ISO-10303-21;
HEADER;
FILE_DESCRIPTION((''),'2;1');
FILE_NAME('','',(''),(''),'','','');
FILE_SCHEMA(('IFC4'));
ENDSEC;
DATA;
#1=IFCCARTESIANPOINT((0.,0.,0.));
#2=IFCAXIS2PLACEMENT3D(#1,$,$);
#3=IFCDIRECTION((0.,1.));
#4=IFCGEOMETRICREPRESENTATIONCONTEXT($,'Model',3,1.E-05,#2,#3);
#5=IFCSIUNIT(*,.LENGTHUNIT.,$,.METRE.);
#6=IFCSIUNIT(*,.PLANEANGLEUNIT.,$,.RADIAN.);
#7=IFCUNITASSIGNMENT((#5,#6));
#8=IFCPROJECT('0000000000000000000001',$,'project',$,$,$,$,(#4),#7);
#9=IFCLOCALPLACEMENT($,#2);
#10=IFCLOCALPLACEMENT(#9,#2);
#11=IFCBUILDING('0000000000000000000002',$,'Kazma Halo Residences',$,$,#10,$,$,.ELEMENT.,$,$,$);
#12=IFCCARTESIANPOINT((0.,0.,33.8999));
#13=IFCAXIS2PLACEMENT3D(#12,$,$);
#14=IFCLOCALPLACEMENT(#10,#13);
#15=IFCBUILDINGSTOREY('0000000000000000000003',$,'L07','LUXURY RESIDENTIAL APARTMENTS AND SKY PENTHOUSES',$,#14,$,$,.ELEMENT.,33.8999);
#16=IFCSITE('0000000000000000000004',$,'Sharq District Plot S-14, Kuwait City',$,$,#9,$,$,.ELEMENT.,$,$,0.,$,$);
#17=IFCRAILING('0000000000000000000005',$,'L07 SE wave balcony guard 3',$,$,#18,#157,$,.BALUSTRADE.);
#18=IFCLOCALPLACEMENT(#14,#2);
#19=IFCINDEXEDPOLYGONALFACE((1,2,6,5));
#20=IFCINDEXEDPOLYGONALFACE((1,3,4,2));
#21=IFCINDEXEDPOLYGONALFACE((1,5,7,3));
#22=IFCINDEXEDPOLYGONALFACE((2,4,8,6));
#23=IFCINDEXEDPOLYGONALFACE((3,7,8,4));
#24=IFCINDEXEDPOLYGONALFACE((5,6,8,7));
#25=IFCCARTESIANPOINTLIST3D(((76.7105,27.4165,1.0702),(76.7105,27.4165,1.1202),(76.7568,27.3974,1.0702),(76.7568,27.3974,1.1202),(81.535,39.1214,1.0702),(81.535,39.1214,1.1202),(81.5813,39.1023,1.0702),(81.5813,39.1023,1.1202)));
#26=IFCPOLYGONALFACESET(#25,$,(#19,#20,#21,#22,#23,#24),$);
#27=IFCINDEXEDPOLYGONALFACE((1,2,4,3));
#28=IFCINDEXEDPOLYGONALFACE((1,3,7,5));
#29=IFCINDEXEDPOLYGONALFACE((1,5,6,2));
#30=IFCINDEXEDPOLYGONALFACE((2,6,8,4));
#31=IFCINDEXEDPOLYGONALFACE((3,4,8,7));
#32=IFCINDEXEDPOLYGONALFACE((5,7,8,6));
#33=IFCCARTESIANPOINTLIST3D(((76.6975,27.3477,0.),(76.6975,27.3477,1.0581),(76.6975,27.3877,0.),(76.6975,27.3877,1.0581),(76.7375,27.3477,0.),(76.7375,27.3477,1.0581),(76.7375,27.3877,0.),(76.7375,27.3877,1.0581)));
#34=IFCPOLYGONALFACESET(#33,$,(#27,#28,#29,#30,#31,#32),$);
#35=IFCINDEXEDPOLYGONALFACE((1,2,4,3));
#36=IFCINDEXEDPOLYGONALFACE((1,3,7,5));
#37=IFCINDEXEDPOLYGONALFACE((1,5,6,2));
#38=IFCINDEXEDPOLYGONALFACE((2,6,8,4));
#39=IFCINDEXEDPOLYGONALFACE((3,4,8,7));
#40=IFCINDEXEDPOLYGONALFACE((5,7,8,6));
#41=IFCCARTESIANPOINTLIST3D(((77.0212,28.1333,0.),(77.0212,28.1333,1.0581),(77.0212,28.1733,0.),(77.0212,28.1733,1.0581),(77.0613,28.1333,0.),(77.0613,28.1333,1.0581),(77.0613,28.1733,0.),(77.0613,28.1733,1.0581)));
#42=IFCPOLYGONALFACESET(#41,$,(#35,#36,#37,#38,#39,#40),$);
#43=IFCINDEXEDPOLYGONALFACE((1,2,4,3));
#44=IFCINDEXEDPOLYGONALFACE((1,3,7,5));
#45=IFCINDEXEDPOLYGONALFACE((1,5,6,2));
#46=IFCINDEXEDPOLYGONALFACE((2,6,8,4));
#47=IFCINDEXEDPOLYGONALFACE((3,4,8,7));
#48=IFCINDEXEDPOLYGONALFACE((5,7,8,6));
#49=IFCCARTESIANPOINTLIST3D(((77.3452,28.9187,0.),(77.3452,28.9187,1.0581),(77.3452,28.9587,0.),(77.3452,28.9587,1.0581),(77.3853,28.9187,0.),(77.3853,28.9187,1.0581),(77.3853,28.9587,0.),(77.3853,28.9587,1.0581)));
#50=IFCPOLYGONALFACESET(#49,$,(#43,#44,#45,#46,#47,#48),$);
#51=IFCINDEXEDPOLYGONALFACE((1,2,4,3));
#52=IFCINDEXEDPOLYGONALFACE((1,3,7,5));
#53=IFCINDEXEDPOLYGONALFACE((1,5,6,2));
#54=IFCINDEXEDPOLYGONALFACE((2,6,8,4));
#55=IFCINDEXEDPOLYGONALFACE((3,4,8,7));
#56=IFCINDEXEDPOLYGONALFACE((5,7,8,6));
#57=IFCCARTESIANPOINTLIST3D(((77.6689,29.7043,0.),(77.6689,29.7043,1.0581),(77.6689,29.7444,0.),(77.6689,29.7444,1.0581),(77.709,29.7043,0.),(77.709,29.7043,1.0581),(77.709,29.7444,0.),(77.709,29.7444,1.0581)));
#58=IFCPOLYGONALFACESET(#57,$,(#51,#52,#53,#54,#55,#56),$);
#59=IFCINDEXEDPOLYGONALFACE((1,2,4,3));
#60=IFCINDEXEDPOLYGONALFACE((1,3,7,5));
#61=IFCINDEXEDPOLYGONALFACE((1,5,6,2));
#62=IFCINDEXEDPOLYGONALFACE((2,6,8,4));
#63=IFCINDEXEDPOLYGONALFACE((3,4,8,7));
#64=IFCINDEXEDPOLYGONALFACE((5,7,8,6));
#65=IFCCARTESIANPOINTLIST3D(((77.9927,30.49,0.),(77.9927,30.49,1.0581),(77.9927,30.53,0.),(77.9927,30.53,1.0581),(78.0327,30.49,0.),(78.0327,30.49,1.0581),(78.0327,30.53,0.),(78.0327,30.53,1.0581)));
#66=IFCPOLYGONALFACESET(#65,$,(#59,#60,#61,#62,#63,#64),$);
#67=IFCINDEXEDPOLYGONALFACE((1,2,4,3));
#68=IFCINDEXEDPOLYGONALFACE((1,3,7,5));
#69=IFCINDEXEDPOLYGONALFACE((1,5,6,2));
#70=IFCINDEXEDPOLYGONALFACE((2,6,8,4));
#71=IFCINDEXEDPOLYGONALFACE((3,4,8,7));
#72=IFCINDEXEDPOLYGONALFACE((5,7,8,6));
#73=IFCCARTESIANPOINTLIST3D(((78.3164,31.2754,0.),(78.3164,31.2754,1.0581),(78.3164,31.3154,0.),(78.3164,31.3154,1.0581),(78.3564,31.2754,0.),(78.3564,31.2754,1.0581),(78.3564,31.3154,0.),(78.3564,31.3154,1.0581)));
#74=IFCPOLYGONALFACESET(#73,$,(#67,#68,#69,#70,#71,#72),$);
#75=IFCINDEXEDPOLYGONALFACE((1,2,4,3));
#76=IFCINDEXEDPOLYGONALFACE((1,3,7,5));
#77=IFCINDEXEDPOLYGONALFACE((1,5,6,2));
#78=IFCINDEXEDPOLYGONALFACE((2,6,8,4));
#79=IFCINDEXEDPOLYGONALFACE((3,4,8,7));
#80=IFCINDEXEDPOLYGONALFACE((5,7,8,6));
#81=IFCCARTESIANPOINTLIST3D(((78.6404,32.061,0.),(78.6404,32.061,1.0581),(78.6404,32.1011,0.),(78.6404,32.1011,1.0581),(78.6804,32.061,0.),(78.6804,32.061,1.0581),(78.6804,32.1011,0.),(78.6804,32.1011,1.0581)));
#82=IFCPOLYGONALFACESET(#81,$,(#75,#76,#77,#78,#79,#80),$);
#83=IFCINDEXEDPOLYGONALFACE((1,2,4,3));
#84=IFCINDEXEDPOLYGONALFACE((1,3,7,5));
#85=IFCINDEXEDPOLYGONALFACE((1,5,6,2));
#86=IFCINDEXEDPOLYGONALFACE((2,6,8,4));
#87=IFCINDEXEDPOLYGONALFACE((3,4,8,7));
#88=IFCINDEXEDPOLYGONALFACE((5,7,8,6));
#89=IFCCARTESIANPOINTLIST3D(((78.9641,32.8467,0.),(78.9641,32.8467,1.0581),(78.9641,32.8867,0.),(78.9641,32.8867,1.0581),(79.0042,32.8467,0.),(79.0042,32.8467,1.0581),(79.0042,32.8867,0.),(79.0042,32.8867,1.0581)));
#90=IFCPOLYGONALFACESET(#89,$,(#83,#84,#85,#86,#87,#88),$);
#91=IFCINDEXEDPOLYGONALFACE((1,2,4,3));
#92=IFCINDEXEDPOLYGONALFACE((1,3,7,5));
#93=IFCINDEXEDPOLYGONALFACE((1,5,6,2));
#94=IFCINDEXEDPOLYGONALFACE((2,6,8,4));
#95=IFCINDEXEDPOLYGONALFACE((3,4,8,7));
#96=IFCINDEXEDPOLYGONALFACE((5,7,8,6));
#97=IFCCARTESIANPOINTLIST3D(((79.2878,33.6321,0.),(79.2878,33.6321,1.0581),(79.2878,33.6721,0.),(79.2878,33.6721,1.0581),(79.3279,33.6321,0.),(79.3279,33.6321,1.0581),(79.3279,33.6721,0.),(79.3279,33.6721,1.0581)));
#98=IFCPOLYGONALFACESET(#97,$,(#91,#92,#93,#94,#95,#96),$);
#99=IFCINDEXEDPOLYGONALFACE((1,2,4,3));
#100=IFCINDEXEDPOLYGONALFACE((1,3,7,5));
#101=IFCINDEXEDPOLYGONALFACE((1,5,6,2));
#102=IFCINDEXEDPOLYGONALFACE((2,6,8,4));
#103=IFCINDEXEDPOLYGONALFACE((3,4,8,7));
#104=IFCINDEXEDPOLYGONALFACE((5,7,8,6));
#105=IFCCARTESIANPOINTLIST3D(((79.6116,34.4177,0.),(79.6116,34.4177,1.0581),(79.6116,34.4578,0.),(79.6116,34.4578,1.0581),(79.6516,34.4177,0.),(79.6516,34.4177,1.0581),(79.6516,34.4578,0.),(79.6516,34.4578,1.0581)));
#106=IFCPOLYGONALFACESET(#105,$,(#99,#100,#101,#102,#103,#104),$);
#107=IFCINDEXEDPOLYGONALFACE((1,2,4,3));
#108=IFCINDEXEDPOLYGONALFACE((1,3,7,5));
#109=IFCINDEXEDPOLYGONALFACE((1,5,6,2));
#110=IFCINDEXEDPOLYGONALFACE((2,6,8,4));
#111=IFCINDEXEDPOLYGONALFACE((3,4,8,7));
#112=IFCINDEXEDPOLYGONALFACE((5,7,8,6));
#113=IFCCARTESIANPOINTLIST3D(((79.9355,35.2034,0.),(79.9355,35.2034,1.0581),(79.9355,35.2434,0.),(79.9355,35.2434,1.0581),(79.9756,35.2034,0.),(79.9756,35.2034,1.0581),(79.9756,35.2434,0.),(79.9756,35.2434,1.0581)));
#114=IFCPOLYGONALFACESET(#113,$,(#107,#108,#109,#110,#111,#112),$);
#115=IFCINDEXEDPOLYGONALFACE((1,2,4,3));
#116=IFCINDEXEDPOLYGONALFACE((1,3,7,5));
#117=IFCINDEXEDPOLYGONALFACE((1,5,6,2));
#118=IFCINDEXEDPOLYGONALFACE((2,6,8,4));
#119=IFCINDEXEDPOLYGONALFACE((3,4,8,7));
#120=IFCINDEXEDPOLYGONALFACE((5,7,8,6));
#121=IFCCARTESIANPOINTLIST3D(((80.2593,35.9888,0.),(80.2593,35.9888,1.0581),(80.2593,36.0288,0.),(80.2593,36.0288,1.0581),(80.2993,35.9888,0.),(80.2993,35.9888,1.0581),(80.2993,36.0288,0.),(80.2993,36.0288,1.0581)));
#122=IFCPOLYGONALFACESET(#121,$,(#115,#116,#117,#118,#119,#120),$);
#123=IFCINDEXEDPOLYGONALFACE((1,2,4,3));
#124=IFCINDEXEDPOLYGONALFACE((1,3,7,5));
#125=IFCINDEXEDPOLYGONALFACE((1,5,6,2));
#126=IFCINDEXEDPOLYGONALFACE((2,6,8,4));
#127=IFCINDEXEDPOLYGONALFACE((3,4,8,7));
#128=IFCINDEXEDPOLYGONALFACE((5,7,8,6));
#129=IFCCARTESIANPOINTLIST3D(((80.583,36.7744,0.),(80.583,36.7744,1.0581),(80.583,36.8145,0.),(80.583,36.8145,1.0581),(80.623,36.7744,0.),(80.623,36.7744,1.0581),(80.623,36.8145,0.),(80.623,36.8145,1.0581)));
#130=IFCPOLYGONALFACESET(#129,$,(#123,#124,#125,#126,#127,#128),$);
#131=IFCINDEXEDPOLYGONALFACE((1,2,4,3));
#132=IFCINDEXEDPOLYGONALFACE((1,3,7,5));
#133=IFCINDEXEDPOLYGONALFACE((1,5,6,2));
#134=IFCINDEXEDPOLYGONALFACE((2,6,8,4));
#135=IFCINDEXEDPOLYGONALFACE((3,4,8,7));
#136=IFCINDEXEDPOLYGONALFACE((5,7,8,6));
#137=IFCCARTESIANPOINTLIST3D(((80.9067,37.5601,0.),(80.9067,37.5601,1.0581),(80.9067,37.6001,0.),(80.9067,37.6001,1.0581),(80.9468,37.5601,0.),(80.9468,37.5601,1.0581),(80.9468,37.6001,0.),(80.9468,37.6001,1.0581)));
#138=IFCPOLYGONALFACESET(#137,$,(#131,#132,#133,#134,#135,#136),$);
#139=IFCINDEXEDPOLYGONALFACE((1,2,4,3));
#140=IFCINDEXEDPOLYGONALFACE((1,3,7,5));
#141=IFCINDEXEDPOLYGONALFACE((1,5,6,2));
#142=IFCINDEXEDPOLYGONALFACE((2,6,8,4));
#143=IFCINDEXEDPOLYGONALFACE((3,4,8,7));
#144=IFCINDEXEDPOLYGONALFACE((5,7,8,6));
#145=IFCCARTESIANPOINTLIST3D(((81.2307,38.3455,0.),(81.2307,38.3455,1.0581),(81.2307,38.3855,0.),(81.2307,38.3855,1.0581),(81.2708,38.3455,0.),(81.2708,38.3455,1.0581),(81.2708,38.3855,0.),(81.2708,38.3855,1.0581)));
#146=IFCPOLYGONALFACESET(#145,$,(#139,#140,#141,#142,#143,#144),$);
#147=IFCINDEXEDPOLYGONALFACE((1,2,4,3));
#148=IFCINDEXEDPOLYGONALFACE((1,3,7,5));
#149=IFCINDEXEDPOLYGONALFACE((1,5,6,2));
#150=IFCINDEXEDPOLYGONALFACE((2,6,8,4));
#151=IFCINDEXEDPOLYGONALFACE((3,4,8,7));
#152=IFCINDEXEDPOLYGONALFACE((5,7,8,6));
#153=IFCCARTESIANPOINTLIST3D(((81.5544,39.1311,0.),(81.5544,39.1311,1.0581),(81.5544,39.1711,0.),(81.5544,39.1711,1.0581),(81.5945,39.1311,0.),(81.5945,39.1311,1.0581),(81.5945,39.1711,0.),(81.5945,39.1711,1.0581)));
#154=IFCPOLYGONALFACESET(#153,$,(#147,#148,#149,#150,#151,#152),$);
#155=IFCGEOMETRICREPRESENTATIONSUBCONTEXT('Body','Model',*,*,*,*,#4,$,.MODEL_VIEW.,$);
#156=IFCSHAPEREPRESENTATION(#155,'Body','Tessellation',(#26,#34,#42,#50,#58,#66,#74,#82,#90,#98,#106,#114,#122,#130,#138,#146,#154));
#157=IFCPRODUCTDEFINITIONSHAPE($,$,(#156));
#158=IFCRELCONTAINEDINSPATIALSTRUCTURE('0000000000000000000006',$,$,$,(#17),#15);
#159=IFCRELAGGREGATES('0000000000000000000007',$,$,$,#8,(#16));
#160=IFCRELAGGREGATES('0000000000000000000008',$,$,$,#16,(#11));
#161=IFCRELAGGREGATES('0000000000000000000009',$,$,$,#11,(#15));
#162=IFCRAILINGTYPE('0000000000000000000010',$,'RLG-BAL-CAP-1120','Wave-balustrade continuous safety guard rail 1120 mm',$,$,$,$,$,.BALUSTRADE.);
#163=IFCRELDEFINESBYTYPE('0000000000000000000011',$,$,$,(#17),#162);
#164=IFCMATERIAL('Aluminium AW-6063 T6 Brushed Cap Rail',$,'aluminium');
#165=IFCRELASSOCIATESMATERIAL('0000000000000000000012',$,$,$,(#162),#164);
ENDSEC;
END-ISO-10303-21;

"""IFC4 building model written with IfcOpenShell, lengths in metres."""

from ifc_helpers import new_model, si_unit, direction, frame, origin, origin_2d, place, context, subcontext, project, spatial, rectangle, extrude, material, type_object, element, save


model = new_model("IFC4")

# Units and contexts
model_context = context("Model", 3, precision=1e-05, world=origin(), true_north=direction((0.0, 1.0)))
body_context = subcontext(model_context, "Body", "Model", "MODEL_VIEW")
ifc_project = project(units=[si_unit("LENGTHUNIT", "METRE"), si_unit("PLANEANGLEUNIT", "RADIAN")], contexts=[model_context])

# Site, building, storey
site_placement = place(None, origin())
site = spatial("IfcSite", under=ifc_project, at=site_placement, Name="Sharq District Plot S-14, Kuwait City", CompositionType="ELEMENT", RefElevation=0.0)
building_placement = place(site_placement, origin())
building = spatial("IfcBuilding", under=site, at=building_placement, Name="Kazma Halo Residences", CompositionType="ELEMENT")
storey_placement = place(building_placement, frame((0.0, 0.0, 33.8999)))
storey = spatial("IfcBuildingStorey", under=building, at=storey_placement, Name="L07", Description="LUXURY RESIDENTIAL APARTMENTS AND SKY PENTHOUSES", CompositionType="ELEMENT", Elevation=33.8999)

# Railing
ifc_material_1 = material(Name="Aluminium AW-6063 T6 Brushed Cap Rail", Category="aluminium")
railing_type = type_object("IfcRailingType", Name="RLG-BAL-CAP-1120", Description="Wave-balustrade continuous safety guard rail 1120 mm", PredefinedType="BALUSTRADE", material=ifc_material_1)
railing_1_placement = place(storey_placement, frame((76.7175, 27.3677, 0.0)))
element("IfcRailing", 1, at=railing_1_placement, inside=storey, type_object=railing_type, Name="L07 SE wave balcony guard 3", PredefinedType="BALUSTRADE", context=body_context, shape_type="SweptSolid", body=[
    extrude(rectangle(XDim=0.05, YDim=0.05, at=origin_2d()), frame((0.0161, 0.0393, 1.0952), z_axis=(0.38108, 0.924542, 0.0), x_axis=(-0.924542, 0.38108, 0.0)), (0.0, 0.0, 1.0), 12.6602),
    extrude(rectangle(XDim=0.04, YDim=0.04, at=origin_2d()), origin(), (0.0, 0.0, 1.0), 1.0581),
    extrude(rectangle(XDim=0.04, YDim=0.04, at=origin_2d()), frame((0.3237, 0.7856, 0.0)), (0.0, 0.0, 1.0), 1.0581),
    extrude(rectangle(XDim=0.04, YDim=0.04, at=origin_2d()), frame((0.6477, 1.571, 0.0)), (0.0, 0.0, 1.0), 1.0581),
    extrude(rectangle(XDim=0.04, YDim=0.04, at=origin_2d()), frame((0.9714, 2.3567, 0.0)), (0.0, 0.0, 1.0), 1.0581),
    extrude(rectangle(XDim=0.04, YDim=0.04, at=origin_2d()), frame((1.2952, 3.1423, 0.0)), (0.0, 0.0, 1.0), 1.0581),
    extrude(rectangle(XDim=0.04, YDim=0.04, at=origin_2d()), frame((1.6189, 3.9277, 0.0)), (0.0, 0.0, 1.0), 1.0581),
    extrude(rectangle(XDim=0.04, YDim=0.04, at=origin_2d()), frame((1.9429, 4.7134, 0.0)), (0.0, 0.0, 1.0), 1.0581),
    extrude(rectangle(XDim=0.04, YDim=0.04, at=origin_2d()), frame((2.2666, 5.499, 0.0)), (0.0, 0.0, 1.0), 1.0581),
    extrude(rectangle(XDim=0.04, YDim=0.04, at=origin_2d()), frame((2.5903, 6.2844, 0.0)), (0.0, 0.0, 1.0), 1.0581),
    extrude(rectangle(XDim=0.04, YDim=0.04, at=origin_2d()), frame((2.9141, 7.0701, 0.0)), (0.0, 0.0, 1.0), 1.0581),
    extrude(rectangle(XDim=0.04, YDim=0.04, at=origin_2d()), frame((3.238, 7.8557, 0.0)), (0.0, 0.0, 1.0), 1.0581),
    extrude(rectangle(XDim=0.04, YDim=0.04, at=origin_2d()), frame((3.5618, 8.6411, 0.0)), (0.0, 0.0, 1.0), 1.0581),
    extrude(rectangle(XDim=0.04, YDim=0.04, at=origin_2d()), frame((3.8855, 9.4268, 0.0)), (0.0, 0.0, 1.0), 1.0581),
    extrude(rectangle(XDim=0.04, YDim=0.04, at=origin_2d()), frame((4.2092, 10.2124, 0.0)), (0.0, 0.0, 1.0), 1.0581),
    extrude(rectangle(XDim=0.04, YDim=0.04, at=origin_2d()), frame((4.5332, 10.9978, 0.0)), (0.0, 0.0, 1.0), 1.0581),
    extrude(rectangle(XDim=0.04, YDim=0.04, at=origin_2d()), frame((4.8569, 11.7834, 0.0)), (0.0, 0.0, 1.0), 1.0581),
])

save(model, "model.ifc")
